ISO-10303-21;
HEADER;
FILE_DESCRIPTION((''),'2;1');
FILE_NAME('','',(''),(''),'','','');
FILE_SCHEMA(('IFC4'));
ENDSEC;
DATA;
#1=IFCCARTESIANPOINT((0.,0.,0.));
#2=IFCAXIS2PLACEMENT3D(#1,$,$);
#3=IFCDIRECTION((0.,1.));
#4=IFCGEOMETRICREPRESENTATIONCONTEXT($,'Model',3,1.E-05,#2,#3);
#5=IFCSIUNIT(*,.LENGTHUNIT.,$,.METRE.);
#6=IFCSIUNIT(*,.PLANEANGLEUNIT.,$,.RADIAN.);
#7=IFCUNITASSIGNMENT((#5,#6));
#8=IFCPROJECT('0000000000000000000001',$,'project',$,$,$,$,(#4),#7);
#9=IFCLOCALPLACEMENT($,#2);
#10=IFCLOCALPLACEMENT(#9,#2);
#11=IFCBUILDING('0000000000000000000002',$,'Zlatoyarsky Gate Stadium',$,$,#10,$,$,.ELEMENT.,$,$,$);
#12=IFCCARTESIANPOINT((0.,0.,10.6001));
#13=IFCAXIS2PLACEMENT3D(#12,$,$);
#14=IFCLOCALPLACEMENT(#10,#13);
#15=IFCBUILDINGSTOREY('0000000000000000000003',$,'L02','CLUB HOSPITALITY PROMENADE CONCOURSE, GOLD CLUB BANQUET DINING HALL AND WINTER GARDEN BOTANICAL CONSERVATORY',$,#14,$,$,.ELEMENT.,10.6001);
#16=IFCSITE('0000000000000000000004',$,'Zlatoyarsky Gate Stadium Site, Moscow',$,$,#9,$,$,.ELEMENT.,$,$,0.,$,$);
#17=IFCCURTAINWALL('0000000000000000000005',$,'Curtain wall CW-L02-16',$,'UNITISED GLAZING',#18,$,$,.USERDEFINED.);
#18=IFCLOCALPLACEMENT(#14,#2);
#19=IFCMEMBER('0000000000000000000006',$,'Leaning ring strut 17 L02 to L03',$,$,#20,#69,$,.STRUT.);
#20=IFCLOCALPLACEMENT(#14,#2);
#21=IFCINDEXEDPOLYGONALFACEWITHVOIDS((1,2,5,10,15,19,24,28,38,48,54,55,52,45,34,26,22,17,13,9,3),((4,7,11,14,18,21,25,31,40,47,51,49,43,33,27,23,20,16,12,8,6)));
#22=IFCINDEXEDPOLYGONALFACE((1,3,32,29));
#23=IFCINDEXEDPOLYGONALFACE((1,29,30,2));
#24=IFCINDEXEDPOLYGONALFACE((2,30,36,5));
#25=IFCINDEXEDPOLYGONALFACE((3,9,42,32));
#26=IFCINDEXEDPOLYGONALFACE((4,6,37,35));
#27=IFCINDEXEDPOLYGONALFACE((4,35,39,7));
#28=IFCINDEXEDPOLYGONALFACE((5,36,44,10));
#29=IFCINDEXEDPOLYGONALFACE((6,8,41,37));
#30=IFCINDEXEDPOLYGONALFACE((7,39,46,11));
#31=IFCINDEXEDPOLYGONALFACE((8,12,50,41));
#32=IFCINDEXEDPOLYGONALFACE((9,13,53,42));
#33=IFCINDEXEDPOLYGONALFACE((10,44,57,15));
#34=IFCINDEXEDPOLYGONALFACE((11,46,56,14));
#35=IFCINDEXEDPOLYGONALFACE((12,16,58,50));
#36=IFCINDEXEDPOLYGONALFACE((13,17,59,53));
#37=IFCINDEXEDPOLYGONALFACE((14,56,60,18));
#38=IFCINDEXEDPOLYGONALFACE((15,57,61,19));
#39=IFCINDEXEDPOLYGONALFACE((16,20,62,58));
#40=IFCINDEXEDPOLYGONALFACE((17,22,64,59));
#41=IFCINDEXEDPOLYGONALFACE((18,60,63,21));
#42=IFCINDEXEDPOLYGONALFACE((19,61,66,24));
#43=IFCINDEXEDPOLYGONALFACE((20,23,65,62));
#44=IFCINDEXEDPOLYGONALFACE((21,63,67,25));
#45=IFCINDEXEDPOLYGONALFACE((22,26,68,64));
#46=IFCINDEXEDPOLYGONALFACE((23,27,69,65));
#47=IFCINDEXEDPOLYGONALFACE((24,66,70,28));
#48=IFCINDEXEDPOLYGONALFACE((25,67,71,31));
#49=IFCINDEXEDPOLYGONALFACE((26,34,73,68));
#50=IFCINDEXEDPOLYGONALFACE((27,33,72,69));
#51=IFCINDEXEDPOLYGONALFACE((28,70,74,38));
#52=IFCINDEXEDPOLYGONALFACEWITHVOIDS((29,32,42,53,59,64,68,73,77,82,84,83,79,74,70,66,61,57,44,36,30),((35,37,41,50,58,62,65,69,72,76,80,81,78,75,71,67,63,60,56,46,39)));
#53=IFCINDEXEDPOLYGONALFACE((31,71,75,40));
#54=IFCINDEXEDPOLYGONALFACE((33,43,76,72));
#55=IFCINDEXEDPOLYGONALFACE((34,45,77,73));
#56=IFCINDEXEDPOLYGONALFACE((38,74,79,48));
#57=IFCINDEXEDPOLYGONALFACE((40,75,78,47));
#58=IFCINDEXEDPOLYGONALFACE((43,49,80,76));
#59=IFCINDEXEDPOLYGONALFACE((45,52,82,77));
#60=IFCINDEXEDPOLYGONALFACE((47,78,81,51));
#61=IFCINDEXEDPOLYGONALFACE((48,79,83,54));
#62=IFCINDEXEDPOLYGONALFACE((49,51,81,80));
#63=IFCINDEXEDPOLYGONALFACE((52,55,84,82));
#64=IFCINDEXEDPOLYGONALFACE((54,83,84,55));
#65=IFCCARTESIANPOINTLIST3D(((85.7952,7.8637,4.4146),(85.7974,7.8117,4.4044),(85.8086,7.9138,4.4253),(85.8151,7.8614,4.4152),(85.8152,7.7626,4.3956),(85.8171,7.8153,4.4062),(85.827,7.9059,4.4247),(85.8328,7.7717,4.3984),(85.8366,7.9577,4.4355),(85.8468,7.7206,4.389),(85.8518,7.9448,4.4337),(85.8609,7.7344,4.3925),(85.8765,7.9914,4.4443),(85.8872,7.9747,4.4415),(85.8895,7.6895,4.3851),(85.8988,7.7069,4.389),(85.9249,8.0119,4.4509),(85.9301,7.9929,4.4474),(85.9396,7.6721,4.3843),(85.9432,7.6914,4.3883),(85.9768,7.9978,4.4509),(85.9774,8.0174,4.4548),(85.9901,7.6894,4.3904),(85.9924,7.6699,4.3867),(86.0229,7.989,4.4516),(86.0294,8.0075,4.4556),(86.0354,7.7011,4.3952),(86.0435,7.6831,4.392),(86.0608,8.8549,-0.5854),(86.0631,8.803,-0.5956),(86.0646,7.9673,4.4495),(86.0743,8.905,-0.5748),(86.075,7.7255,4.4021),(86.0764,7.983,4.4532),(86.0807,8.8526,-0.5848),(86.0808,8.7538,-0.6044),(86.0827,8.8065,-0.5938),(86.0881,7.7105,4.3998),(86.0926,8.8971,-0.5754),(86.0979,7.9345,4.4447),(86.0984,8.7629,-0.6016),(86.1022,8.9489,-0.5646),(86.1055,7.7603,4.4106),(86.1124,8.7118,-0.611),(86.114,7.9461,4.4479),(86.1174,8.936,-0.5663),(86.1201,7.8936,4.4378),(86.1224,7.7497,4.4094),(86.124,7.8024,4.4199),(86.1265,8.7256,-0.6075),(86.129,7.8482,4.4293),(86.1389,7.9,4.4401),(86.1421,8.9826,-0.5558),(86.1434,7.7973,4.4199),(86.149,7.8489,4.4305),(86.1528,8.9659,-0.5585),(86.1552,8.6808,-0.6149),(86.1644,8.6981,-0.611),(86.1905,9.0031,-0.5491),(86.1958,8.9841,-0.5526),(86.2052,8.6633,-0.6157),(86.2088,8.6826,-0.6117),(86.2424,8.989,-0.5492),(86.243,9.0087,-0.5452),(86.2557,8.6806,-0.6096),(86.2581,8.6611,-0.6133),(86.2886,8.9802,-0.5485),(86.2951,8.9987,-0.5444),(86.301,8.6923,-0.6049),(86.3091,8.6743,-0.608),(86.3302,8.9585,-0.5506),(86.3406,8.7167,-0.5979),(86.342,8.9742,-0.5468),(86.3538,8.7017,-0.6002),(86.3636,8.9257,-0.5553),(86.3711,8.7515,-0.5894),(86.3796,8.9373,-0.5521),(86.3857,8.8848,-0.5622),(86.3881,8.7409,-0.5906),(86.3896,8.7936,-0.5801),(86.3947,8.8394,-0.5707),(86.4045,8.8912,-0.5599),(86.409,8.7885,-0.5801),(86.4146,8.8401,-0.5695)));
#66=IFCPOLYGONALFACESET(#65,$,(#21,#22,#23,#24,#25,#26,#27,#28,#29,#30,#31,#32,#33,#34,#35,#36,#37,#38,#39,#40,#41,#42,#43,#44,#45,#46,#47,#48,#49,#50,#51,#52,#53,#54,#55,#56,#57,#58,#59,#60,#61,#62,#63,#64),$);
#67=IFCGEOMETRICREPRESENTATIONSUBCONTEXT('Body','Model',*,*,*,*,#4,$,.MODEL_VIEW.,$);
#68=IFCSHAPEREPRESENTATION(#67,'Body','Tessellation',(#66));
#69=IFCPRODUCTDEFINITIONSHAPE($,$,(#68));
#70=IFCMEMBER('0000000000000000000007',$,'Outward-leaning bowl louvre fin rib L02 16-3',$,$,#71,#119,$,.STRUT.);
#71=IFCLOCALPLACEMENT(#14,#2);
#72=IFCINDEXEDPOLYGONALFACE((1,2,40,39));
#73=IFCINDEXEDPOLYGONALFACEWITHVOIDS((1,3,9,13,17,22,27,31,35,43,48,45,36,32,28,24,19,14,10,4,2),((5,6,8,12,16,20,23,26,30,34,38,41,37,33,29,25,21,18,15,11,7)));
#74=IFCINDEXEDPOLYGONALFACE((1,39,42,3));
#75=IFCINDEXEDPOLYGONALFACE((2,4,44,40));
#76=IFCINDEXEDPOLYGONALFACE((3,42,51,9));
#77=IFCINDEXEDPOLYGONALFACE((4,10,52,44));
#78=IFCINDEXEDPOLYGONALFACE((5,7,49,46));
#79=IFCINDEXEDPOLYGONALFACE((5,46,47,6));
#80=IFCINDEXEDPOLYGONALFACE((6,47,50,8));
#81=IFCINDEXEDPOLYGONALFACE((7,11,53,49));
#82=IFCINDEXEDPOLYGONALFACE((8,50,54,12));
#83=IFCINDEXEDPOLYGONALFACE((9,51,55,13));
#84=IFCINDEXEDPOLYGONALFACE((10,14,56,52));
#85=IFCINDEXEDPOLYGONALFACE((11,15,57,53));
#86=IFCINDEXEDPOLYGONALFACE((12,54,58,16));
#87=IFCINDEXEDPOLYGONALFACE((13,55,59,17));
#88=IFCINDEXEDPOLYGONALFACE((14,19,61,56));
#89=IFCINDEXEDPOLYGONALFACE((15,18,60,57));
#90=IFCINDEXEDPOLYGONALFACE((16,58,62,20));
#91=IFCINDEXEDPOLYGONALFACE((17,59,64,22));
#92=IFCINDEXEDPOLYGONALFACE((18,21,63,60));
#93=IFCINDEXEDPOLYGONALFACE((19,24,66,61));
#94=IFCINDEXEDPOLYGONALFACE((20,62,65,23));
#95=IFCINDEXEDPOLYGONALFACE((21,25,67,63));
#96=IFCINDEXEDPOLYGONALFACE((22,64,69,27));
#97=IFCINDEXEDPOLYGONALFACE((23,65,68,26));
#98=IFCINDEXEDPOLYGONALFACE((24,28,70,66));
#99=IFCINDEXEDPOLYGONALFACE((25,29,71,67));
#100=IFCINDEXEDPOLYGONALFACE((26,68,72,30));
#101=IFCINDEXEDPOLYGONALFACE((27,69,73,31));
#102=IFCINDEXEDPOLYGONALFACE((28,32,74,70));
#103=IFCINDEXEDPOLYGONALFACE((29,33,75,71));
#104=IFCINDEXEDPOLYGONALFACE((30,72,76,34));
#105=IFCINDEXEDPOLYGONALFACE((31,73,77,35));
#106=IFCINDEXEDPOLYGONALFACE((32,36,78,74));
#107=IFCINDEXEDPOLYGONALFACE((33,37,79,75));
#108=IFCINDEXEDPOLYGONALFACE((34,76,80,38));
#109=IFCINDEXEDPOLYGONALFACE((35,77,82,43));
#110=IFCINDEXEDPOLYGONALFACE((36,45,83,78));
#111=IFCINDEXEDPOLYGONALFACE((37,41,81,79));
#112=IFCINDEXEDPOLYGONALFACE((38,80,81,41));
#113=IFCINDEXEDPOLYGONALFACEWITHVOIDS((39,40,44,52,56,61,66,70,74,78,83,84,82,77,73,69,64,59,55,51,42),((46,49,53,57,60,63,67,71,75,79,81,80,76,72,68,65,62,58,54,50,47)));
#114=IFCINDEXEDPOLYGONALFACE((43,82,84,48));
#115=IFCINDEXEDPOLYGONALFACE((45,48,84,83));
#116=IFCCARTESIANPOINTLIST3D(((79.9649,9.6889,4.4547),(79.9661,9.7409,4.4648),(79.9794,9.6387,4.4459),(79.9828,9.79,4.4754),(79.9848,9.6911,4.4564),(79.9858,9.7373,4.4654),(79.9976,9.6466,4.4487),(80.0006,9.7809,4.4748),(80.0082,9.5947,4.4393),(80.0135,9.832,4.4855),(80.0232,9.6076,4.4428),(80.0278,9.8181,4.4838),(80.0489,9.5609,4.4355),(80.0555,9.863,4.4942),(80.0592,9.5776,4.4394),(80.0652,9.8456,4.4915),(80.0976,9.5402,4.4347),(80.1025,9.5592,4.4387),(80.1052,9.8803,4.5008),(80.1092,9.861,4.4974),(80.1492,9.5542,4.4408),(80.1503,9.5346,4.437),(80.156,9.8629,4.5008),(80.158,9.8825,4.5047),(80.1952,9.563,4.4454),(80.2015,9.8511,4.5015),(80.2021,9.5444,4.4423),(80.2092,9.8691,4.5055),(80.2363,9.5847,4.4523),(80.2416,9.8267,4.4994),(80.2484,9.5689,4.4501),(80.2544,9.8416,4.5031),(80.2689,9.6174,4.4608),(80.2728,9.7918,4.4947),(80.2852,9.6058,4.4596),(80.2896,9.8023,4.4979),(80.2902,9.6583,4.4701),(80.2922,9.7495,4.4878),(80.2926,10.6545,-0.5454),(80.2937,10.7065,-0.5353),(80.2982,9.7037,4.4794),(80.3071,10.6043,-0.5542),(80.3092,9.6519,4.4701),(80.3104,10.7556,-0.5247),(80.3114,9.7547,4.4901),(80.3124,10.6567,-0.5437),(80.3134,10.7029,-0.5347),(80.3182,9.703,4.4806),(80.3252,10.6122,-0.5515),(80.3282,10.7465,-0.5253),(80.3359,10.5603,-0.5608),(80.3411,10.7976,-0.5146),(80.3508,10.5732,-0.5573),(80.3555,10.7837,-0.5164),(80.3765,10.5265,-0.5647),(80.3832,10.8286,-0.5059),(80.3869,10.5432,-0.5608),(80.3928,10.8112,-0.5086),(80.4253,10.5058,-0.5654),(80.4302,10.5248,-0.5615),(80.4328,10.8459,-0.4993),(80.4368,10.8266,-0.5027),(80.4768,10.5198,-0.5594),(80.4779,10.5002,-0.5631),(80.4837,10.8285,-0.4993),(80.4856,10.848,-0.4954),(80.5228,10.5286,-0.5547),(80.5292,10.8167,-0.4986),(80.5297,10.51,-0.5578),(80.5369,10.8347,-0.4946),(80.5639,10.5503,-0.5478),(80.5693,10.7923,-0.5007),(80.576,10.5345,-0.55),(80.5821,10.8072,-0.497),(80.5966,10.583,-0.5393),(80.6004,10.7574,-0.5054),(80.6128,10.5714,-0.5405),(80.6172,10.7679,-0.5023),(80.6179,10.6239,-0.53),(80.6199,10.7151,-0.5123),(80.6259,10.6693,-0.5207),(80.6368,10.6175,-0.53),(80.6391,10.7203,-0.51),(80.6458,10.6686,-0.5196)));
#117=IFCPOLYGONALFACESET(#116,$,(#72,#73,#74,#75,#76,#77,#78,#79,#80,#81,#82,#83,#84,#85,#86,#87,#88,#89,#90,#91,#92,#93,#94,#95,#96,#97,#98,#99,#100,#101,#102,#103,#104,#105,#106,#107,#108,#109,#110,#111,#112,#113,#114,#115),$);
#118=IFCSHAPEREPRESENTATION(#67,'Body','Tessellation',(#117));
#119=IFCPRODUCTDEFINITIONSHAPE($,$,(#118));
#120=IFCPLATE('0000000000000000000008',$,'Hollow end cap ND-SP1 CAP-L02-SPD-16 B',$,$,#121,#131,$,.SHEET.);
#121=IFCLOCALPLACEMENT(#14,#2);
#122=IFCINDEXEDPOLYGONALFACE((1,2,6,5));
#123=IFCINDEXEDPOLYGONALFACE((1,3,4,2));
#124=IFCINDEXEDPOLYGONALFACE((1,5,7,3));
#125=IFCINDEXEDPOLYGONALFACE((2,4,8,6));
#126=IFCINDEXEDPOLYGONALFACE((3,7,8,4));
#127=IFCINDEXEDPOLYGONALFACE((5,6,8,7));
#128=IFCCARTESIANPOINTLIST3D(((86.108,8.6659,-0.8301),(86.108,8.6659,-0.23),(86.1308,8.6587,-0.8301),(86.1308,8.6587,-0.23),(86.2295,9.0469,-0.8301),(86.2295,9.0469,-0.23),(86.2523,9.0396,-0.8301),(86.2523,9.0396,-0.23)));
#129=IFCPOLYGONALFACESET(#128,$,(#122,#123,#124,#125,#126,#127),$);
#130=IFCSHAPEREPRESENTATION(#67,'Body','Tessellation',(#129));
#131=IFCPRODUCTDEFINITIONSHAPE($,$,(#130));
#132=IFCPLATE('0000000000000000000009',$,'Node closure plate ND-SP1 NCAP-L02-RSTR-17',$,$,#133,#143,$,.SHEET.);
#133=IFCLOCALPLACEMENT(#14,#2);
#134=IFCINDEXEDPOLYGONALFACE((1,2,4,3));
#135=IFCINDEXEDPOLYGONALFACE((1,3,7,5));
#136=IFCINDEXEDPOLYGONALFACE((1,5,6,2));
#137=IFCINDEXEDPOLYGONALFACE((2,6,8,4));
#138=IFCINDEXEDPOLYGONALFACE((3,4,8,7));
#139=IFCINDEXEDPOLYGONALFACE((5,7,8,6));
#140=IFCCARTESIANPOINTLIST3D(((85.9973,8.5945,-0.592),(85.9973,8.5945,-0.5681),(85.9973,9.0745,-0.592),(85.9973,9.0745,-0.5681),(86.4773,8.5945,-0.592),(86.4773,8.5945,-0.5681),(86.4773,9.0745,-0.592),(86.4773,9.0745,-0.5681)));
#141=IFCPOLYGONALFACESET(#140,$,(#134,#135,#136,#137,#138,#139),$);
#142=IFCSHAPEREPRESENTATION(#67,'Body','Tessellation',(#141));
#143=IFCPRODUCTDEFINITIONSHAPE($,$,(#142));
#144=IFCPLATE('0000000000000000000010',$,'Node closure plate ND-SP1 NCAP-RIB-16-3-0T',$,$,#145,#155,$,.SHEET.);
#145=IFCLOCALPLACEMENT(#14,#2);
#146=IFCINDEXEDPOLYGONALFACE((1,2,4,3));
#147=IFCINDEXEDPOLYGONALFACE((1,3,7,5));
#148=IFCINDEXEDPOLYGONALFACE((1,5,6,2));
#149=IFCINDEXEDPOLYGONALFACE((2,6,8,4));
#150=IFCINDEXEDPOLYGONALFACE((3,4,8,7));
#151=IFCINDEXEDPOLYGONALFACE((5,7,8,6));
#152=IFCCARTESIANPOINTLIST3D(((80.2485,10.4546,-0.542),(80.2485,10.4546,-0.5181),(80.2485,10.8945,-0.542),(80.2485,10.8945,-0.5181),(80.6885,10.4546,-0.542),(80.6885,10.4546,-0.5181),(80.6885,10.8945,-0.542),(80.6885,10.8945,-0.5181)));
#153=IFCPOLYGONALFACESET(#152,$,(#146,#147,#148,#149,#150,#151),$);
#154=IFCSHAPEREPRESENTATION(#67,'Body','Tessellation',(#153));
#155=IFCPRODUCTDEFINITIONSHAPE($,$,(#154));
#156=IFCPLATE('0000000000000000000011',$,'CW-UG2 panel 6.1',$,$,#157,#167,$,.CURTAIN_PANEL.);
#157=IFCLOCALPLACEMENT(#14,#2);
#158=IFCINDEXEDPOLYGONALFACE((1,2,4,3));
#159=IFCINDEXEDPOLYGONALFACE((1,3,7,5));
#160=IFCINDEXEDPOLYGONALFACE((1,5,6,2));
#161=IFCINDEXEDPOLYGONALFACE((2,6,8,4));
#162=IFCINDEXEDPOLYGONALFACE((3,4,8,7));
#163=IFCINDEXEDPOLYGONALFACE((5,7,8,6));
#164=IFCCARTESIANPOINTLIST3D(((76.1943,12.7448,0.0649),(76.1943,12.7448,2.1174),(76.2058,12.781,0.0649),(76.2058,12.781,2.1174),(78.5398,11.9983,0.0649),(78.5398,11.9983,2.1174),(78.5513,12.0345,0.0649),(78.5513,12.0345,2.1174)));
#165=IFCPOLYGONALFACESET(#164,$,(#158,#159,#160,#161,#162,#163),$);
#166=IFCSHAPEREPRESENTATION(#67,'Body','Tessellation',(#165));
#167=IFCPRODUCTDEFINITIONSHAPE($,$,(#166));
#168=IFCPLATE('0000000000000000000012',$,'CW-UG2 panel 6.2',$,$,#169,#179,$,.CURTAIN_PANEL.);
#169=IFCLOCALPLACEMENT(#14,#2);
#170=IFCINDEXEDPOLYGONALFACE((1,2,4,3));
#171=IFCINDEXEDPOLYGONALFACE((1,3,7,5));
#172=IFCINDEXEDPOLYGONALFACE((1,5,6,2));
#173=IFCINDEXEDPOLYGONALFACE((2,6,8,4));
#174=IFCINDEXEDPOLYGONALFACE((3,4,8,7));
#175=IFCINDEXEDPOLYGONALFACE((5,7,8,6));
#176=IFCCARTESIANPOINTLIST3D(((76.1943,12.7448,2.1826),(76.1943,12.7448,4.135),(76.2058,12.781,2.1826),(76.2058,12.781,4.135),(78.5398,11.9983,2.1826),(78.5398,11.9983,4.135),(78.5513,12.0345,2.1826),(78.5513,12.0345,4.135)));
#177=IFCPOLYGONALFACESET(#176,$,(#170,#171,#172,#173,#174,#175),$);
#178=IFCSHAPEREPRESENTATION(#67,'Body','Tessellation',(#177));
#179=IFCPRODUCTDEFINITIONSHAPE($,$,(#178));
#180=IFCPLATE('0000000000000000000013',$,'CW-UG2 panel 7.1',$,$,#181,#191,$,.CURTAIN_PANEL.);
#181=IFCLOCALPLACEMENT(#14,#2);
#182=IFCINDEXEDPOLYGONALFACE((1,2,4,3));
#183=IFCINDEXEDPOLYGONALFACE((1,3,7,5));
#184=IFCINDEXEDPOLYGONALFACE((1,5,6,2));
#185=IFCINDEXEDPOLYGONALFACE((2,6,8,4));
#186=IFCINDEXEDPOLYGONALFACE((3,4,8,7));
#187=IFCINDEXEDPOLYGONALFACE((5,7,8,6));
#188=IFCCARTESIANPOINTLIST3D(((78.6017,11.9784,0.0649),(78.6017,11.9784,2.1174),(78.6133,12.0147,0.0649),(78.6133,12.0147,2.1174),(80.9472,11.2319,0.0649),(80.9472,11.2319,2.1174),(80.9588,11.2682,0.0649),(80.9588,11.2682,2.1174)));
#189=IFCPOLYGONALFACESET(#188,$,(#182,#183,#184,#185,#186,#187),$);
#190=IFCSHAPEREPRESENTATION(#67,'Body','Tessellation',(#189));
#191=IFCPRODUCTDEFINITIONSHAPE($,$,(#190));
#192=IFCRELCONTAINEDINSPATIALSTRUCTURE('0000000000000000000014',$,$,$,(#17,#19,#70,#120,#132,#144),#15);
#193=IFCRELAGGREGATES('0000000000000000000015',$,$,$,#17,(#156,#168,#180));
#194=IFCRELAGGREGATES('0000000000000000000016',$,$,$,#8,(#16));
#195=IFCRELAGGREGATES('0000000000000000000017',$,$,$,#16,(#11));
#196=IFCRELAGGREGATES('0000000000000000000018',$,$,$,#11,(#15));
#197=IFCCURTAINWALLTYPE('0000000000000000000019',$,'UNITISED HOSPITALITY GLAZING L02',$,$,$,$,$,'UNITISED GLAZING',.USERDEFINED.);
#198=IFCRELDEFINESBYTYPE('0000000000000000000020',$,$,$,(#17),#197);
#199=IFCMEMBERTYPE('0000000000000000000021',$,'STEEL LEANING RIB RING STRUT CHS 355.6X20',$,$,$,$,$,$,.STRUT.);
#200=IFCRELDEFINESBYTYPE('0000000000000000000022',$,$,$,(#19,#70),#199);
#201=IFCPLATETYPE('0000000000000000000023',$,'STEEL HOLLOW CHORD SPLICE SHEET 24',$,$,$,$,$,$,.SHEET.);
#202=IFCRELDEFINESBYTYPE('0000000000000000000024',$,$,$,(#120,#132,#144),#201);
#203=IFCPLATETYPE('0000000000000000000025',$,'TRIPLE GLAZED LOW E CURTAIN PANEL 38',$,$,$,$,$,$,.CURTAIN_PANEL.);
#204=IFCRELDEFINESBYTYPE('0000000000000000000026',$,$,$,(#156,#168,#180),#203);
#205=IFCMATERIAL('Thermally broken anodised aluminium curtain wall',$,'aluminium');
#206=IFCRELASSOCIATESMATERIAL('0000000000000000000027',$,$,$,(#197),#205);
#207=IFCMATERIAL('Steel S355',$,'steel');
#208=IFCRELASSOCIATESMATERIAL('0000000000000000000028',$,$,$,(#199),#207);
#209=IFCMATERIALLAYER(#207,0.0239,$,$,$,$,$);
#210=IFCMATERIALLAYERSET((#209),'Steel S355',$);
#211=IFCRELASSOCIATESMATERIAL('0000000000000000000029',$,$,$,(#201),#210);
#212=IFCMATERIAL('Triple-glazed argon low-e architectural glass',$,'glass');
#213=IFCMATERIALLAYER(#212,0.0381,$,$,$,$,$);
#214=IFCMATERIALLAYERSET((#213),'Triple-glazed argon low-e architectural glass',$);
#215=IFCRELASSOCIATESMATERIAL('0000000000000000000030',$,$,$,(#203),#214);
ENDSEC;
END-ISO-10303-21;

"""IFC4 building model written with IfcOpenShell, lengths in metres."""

from ifc_helpers import new_model, si_unit, direction, frame, origin, origin_2d, place, context, subcontext, project, spatial, rectangle, hollow_circle, extrude, material, layer, layer_set, material_profile, profile_set, type_object, element, aggregate, save


model = new_model("IFC4")

# Units and contexts
model_context = context("Model", 3, precision=1e-05, world=origin(), true_north=direction((0.0, 1.0)))
body_context = subcontext(model_context, "Body", "Model", "MODEL_VIEW")
ifc_project = project(units=[si_unit("LENGTHUNIT", "METRE"), si_unit("PLANEANGLEUNIT", "RADIAN")], contexts=[model_context])

# Site, building, storey
site_placement = place(None, origin())
site = spatial("IfcSite", under=ifc_project, at=site_placement, Name="Zlatoyarsky Gate Stadium Site, Moscow", CompositionType="ELEMENT", RefElevation=0.0)
building_placement = place(site_placement, origin())
building = spatial("IfcBuilding", under=site, at=building_placement, Name="Zlatoyarsky Gate Stadium", CompositionType="ELEMENT")
storey_placement = place(building_placement, frame((0.0, 0.0, 10.6001)))
storey = spatial("IfcBuildingStorey", under=building, at=storey_placement, Name="L02", Description="CLUB HOSPITALITY PROMENADE CONCOURSE, GOLD CLUB BANQUET DINING HALL AND WINTER GARDEN BOTANICAL CONSERVATORY", CompositionType="ELEMENT", Elevation=10.6001)

# Curtain wall
ifc_material_1 = material(Name="Thermally broken anodised aluminium curtain wall", Category="aluminium")
curtain_wall_type = type_object("IfcCurtainWallType", Name="UNITISED HOSPITALITY GLAZING L02", ElementType="UNITISED GLAZING", PredefinedType="USERDEFINED", material=ifc_material_1)
curtain_wall_placement = place(storey_placement, origin())
curtain_wall = element("IfcCurtainWall", 1, at=curtain_wall_placement, inside=storey, type_object=curtain_wall_type, Name="Curtain wall CW-L02-16", ObjectType="UNITISED GLAZING", PredefinedType="USERDEFINED")

# Members
ifc_material_2 = material(Name="Steel S355", Category="steel")
ifc_material_profile_1 = material_profile(ifc_material_2, hollow_circle(Radius=0.1777, WallThickness=0.02, at=origin_2d()), Name="CHS 355.6X20")
ifc_profile_set_1 = profile_set([ifc_material_profile_1], Name="Steel S355")
member_type_1 = type_object("IfcMemberType", Name="STEEL LEANING RIB RING STRUT CHS 355.6X20", PredefinedType="STRUT", material=ifc_profile_set_1)
member_1_placement = place(storey_placement, frame((86.2373, 8.8345, -0.5801), z_axis=(-0.05204, -0.194194, 0.979582), x_axis=(0.965918, -0.258847, 0.0)))
element("IfcMember", 2, at=member_1_placement, inside=storey, type_object=member_type_1, Name="Leaning ring strut 17 L02 to L03", PredefinedType="STRUT", context=body_context, shape_type="SweptSolid", body=[
    extrude(hollow_circle(Radius=0.1777, WallThickness=0.02, at=origin_2d()), origin(), (0.0, 0.0, 1.0), 5.1042),
])
member_2_placement = place(storey_placement, frame((80.4685, 10.6746, -0.53), z_axis=(-0.064206, -0.189221, 0.979833), x_axis=(0.94697, -0.321323, 0.0)))
element("IfcMember", 3, at=member_2_placement, inside=storey, type_object=member_type_1, Name="Outward-leaning bowl louvre fin rib L02 16-3", PredefinedType="STRUT", context=body_context, shape_type="SweptSolid", body=[
    extrude(hollow_circle(Radius=0.1777, WallThickness=0.02, at=origin_2d()), origin(), (0.0, 0.0, 1.0), 5.103),
])

# Plates
ifc_layer_1 = layer(ifc_material_2, 0.0239)
ifc_layer_set_1 = layer_set([ifc_layer_1], Name="Steel S355")
plate_type_1 = type_object("IfcPlateType", Name="STEEL HOLLOW CHORD SPLICE SHEET 24", PredefinedType="SHEET", material=ifc_layer_set_1)
plate_1_placement = place(storey_placement, frame((86.1802, 8.8528, -0.8301), z_axis=(0.0, 0.0, 1.0), x_axis=(0.952709, -0.303884, 0.0)))
element("IfcPlate", 4, at=plate_1_placement, inside=storey, type_object=plate_type_1, Name="Hollow end cap ND-SP1 CAP-L02-SPD-16 B", PredefinedType="SHEET", context=body_context, shape_type="SweptSolid", body=[
    extrude(rectangle(XDim=0.0239, YDim=0.3999, at=origin_2d()), origin(), (0.0, 0.0, 1.0), 0.6001),
])
plate_2_placement = place(storey_placement, frame((86.2373, 8.8345, -0.592), z_axis=(0.0, 0.0, 1.0), x_axis=(1.0, 0.0, 0.0)))
element("IfcPlate", 5, at=plate_2_placement, inside=storey, type_object=plate_type_1, Name="Node closure plate ND-SP1 NCAP-L02-RSTR-17", PredefinedType="SHEET", context=body_context, shape_type="SweptSolid", body=[
    extrude(rectangle(XDim=0.48, YDim=0.48, at=origin_2d()), origin(), (0.0, 0.0, 1.0), 0.0239),
])
plate_3_placement = place(storey_placement, frame((80.4685, 10.6746, -0.542), z_axis=(0.0, 0.0, 1.0), x_axis=(1.0, 0.0, 0.0)))
element("IfcPlate", 6, at=plate_3_placement, inside=storey, type_object=plate_type_1, Name="Node closure plate ND-SP1 NCAP-RIB-16-3-0T", PredefinedType="SHEET", context=body_context, shape_type="SweptSolid", body=[
    extrude(rectangle(XDim=0.4399, YDim=0.4399, at=origin_2d()), origin(), (0.0, 0.0, 1.0), 0.0239),
])

# Plates
ifc_material_3 = material(Name="Triple-glazed argon low-e architectural glass", Category="glass")
ifc_layer_2 = layer(ifc_material_3, 0.0381)
ifc_layer_set_2 = layer_set([ifc_layer_2], Name="Triple-glazed argon low-e architectural glass")
plate_type_2 = type_object("IfcPlateType", Name="TRIPLE GLAZED LOW E CURTAIN PANEL 38", PredefinedType="CURTAIN_PANEL", material=ifc_layer_set_2)
plate_4_placement = place(storey_placement, frame((77.3728, 12.3896, 0.0649), z_axis=(0.0, 0.0, 1.0), x_axis=(0.952902, -0.303278, 0.0)))
plate_4 = element("IfcPlate", 7, at=plate_4_placement, type_object=plate_type_2, Name="CW-UG2 panel 6.1", PredefinedType="CURTAIN_PANEL", context=body_context, shape_type="SweptSolid", body=[
    extrude(rectangle(XDim=2.4614, YDim=0.0381, at=origin_2d()), origin(), (0.0, 0.0, 1.0), 2.0525),
])
plate_5_placement = place(storey_placement, frame((77.3728, 12.3896, 2.1826), z_axis=(0.0, 0.0, 1.0), x_axis=(0.952902, -0.303278, 0.0)))
plate_5 = element("IfcPlate", 8, at=plate_5_placement, type_object=plate_type_2, Name="CW-UG2 panel 6.2", PredefinedType="CURTAIN_PANEL", context=body_context, shape_type="SweptSolid", body=[
    extrude(rectangle(XDim=2.4614, YDim=0.0381, at=origin_2d()), origin(), (0.0, 0.0, 1.0), 1.9524),
])
plate_6_placement = place(storey_placement, frame((79.7803, 11.6233, 0.0649), z_axis=(0.0, 0.0, 1.0), x_axis=(0.952902, -0.303278, 0.0)))
plate_6 = element("IfcPlate", 9, at=plate_6_placement, type_object=plate_type_2, Name="CW-UG2 panel 7.1", PredefinedType="CURTAIN_PANEL", context=body_context, shape_type="SweptSolid", body=[
    extrude(rectangle(XDim=2.4614, YDim=0.0381, at=origin_2d()), origin(), (0.0, 0.0, 1.0), 2.0525),
])
aggregate(curtain_wall, [plate_4, plate_5, plate_6])

save(model, "model.ifc")
